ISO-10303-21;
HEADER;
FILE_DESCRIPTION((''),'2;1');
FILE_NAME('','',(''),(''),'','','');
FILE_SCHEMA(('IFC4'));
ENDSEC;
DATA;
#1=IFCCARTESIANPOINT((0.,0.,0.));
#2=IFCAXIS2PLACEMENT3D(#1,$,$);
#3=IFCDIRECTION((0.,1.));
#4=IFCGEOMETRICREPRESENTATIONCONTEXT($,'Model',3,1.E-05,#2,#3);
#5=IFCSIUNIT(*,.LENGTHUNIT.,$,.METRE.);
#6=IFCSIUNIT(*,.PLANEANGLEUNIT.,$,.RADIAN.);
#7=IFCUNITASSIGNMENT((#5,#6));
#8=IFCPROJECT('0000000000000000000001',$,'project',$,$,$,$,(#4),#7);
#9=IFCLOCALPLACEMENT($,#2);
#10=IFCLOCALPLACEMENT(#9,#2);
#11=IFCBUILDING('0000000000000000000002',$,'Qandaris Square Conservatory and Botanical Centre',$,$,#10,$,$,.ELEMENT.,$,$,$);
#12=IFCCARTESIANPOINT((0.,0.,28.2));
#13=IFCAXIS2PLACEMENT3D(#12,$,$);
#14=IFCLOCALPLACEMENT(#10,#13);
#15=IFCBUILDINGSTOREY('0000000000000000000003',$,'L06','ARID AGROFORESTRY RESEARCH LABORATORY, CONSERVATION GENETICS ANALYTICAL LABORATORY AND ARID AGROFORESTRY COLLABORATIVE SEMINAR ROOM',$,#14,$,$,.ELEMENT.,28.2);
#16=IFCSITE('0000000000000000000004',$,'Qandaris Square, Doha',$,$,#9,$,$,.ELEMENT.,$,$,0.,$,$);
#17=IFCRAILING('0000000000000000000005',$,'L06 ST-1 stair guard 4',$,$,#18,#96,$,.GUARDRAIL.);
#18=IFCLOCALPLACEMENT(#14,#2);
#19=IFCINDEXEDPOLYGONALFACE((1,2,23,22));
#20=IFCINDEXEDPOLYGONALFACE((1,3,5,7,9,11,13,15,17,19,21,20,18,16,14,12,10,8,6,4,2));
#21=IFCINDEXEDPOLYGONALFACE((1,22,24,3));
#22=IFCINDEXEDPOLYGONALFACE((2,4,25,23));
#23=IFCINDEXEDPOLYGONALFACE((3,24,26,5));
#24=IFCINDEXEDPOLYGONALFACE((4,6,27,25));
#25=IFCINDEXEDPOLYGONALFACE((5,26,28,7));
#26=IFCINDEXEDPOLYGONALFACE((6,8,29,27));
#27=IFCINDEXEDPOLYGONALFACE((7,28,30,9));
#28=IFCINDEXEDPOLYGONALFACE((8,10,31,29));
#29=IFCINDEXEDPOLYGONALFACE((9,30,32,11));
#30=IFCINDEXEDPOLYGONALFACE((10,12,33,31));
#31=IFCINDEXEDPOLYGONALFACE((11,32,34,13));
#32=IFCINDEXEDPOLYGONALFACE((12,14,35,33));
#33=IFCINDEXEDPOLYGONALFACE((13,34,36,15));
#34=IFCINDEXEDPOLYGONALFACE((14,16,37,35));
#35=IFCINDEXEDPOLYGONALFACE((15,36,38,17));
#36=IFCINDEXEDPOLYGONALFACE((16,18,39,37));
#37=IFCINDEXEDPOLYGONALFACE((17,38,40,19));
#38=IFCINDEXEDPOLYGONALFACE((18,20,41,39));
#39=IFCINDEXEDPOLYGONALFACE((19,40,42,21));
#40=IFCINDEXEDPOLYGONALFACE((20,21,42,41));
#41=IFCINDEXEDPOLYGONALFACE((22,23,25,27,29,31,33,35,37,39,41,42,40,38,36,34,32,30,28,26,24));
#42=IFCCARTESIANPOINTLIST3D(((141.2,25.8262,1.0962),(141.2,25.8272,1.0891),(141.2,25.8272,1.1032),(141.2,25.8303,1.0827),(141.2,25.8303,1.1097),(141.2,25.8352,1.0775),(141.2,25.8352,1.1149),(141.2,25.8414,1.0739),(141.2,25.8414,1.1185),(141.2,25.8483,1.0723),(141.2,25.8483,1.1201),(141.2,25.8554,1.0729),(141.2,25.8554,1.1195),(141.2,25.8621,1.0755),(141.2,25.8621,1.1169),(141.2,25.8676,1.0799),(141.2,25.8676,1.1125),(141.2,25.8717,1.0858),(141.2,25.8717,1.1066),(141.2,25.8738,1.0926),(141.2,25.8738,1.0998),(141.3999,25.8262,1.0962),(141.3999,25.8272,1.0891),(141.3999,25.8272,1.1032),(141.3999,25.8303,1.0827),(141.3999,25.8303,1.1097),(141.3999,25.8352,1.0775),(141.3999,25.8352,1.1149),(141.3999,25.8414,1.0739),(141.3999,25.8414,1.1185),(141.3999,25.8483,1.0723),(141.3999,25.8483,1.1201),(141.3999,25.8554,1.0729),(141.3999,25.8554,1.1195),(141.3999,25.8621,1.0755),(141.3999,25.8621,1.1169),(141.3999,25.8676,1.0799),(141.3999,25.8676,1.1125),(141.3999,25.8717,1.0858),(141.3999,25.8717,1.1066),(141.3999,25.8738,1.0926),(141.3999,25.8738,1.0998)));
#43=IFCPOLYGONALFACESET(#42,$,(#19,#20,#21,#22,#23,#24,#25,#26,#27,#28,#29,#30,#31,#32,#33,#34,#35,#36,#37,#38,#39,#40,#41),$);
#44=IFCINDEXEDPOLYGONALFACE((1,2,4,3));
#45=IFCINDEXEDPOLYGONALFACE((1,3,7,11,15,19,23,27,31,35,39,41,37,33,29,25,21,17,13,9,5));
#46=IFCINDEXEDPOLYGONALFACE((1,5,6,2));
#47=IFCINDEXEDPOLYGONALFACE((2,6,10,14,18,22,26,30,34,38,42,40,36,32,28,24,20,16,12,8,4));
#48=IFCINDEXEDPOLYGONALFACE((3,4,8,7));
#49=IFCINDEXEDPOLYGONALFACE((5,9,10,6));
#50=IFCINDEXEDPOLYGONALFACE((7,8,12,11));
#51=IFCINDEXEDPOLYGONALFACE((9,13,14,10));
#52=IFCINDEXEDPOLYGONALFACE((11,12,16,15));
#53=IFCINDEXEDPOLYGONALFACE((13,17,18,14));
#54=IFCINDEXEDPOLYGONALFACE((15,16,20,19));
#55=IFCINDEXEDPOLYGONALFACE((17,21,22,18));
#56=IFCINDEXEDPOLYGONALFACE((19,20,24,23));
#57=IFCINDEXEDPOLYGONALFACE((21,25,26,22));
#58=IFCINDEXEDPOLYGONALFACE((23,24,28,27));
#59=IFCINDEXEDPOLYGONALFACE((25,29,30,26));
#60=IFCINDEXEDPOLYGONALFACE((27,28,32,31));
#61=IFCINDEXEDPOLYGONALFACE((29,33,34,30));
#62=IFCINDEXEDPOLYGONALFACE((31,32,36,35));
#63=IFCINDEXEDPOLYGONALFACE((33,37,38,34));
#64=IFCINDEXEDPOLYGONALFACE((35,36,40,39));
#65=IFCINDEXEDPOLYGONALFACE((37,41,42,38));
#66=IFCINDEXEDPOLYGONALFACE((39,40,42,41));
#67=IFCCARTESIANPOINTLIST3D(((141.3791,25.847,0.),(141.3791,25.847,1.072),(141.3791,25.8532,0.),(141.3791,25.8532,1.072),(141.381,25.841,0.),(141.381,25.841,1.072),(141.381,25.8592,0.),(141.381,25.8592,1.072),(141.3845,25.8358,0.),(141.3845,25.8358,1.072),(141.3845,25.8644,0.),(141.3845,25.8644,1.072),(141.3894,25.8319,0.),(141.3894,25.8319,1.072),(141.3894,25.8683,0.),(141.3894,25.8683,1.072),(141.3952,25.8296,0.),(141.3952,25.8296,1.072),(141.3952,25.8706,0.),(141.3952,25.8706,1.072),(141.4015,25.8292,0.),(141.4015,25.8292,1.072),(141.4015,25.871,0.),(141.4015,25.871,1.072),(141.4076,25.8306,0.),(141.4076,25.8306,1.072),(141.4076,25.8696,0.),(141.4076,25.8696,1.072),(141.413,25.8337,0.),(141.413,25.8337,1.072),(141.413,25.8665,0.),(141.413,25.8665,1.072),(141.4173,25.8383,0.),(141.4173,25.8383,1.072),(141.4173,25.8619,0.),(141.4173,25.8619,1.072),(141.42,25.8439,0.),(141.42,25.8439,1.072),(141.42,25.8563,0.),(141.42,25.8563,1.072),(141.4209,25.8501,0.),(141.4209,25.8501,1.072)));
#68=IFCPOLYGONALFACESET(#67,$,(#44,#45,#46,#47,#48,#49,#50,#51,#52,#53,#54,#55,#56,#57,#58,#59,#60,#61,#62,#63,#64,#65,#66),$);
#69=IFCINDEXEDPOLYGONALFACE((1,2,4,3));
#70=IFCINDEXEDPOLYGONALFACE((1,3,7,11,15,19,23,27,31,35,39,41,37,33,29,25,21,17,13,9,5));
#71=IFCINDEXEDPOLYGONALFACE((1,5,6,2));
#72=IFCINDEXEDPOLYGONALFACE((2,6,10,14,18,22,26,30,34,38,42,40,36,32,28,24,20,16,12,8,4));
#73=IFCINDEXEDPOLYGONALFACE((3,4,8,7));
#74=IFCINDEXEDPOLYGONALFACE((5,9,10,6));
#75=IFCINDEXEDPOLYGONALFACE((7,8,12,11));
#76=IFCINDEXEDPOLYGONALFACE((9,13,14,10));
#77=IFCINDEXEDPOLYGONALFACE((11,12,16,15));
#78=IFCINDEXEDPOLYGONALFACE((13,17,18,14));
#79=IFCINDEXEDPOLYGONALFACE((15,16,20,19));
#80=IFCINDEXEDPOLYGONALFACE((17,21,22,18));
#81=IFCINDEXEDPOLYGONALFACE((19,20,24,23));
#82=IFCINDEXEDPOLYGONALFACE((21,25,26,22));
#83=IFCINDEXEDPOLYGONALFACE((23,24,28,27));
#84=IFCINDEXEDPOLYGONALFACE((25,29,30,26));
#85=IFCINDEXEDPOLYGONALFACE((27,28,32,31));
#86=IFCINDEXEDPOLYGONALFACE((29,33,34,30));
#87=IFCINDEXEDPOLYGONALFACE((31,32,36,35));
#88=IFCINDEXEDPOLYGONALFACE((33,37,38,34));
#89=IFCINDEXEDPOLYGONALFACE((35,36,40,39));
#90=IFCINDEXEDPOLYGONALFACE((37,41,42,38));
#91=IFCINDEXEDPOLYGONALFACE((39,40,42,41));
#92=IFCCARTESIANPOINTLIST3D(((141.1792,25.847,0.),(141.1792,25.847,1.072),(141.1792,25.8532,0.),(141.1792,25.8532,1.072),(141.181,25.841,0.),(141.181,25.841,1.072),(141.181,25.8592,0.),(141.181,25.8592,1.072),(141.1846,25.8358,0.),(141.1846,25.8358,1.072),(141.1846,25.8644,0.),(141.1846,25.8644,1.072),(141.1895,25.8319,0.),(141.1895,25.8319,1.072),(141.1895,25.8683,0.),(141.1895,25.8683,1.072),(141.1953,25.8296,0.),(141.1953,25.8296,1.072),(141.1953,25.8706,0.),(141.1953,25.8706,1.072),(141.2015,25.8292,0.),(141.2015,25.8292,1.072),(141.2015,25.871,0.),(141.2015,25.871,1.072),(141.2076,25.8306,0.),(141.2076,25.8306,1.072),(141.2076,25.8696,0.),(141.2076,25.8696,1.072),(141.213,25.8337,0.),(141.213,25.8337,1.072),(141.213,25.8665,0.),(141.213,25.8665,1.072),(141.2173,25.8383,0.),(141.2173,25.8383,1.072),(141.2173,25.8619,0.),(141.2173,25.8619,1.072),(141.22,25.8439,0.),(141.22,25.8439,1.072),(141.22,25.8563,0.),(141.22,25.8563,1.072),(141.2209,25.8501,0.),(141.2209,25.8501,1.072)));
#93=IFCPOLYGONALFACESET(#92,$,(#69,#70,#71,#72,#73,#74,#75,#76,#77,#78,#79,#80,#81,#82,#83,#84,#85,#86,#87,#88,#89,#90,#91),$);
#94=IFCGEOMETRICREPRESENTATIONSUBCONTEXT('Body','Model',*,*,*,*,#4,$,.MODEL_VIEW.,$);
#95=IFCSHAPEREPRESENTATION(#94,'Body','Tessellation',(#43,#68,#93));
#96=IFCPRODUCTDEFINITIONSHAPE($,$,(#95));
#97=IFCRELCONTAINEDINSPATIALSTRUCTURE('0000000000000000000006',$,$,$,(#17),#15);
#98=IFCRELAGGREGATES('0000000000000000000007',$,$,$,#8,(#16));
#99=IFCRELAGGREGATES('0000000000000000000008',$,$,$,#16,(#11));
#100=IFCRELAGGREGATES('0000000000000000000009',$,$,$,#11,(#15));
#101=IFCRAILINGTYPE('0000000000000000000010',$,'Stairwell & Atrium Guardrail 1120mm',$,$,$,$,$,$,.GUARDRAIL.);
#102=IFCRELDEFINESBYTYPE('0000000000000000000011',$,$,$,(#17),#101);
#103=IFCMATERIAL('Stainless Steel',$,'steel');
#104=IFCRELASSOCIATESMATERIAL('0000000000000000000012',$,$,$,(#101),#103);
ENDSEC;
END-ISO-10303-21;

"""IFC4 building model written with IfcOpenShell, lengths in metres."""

from ifc_helpers import new_model, si_unit, direction, frame, origin, origin_2d, place, context, subcontext, project, spatial, circle, extrude, material, type_object, element, save


model = new_model("IFC4")

# Units and contexts
model_context = context("Model", 3, precision=1e-05, world=origin(), true_north=direction((0.0, 1.0)))
body_context = subcontext(model_context, "Body", "Model", "MODEL_VIEW")
ifc_project = project(units=[si_unit("LENGTHUNIT", "METRE"), si_unit("PLANEANGLEUNIT", "RADIAN")], contexts=[model_context])

# Site, building, storey
site_placement = place(None, origin())
site = spatial("IfcSite", under=ifc_project, at=site_placement, Name="Qandaris Square, Doha", CompositionType="ELEMENT", RefElevation=0.0)
building_placement = place(site_placement, origin())
building = spatial("IfcBuilding", under=site, at=building_placement, Name="Qandaris Square Conservatory and Botanical Centre", CompositionType="ELEMENT")
storey_placement = place(building_placement, frame((0.0, 0.0, 28.2)))
storey = spatial("IfcBuildingStorey", under=building, at=storey_placement, Name="L06", Description="ARID AGROFORESTRY RESEARCH LABORATORY, CONSERVATION GENETICS ANALYTICAL LABORATORY AND ARID AGROFORESTRY COLLABORATIVE SEMINAR ROOM", CompositionType="ELEMENT", Elevation=28.2)

# Railing
ifc_material_1 = material(Name="Stainless Steel", Category="steel")
railing_type_1 = type_object("IfcRailingType", Name="Stairwell & Atrium Guardrail 1120mm", PredefinedType="GUARDRAIL", material=ifc_material_1)
railing_1_placement = place(storey_placement, frame((141.3999, 25.8501, 0.0)))
element("IfcRailing", 1, at=railing_1_placement, inside=storey, type_object=railing_type_1, Name="L06 ST-1 stair guard 4", PredefinedType="GUARDRAIL", context=body_context, shape_type="SweptSolid", body=[
    extrude(circle(Radius=0.0239, at=origin_2d()), frame((0.0, 0.0, 1.0962), z_axis=(-1.0, 0.0, 0.0), x_axis=(0.0, -1.0, 0.0)), (0.0, 0.0, 1.0), 0.2),
    extrude(circle(Radius=0.021, at=origin_2d()), origin(), (0.0, 0.0, 1.0), 1.072),
    extrude(circle(Radius=0.021, at=origin_2d()), frame((-0.2, 0.0, 0.0)), (0.0, 0.0, 1.0), 1.072),
])

save(model, "model.ifc")
